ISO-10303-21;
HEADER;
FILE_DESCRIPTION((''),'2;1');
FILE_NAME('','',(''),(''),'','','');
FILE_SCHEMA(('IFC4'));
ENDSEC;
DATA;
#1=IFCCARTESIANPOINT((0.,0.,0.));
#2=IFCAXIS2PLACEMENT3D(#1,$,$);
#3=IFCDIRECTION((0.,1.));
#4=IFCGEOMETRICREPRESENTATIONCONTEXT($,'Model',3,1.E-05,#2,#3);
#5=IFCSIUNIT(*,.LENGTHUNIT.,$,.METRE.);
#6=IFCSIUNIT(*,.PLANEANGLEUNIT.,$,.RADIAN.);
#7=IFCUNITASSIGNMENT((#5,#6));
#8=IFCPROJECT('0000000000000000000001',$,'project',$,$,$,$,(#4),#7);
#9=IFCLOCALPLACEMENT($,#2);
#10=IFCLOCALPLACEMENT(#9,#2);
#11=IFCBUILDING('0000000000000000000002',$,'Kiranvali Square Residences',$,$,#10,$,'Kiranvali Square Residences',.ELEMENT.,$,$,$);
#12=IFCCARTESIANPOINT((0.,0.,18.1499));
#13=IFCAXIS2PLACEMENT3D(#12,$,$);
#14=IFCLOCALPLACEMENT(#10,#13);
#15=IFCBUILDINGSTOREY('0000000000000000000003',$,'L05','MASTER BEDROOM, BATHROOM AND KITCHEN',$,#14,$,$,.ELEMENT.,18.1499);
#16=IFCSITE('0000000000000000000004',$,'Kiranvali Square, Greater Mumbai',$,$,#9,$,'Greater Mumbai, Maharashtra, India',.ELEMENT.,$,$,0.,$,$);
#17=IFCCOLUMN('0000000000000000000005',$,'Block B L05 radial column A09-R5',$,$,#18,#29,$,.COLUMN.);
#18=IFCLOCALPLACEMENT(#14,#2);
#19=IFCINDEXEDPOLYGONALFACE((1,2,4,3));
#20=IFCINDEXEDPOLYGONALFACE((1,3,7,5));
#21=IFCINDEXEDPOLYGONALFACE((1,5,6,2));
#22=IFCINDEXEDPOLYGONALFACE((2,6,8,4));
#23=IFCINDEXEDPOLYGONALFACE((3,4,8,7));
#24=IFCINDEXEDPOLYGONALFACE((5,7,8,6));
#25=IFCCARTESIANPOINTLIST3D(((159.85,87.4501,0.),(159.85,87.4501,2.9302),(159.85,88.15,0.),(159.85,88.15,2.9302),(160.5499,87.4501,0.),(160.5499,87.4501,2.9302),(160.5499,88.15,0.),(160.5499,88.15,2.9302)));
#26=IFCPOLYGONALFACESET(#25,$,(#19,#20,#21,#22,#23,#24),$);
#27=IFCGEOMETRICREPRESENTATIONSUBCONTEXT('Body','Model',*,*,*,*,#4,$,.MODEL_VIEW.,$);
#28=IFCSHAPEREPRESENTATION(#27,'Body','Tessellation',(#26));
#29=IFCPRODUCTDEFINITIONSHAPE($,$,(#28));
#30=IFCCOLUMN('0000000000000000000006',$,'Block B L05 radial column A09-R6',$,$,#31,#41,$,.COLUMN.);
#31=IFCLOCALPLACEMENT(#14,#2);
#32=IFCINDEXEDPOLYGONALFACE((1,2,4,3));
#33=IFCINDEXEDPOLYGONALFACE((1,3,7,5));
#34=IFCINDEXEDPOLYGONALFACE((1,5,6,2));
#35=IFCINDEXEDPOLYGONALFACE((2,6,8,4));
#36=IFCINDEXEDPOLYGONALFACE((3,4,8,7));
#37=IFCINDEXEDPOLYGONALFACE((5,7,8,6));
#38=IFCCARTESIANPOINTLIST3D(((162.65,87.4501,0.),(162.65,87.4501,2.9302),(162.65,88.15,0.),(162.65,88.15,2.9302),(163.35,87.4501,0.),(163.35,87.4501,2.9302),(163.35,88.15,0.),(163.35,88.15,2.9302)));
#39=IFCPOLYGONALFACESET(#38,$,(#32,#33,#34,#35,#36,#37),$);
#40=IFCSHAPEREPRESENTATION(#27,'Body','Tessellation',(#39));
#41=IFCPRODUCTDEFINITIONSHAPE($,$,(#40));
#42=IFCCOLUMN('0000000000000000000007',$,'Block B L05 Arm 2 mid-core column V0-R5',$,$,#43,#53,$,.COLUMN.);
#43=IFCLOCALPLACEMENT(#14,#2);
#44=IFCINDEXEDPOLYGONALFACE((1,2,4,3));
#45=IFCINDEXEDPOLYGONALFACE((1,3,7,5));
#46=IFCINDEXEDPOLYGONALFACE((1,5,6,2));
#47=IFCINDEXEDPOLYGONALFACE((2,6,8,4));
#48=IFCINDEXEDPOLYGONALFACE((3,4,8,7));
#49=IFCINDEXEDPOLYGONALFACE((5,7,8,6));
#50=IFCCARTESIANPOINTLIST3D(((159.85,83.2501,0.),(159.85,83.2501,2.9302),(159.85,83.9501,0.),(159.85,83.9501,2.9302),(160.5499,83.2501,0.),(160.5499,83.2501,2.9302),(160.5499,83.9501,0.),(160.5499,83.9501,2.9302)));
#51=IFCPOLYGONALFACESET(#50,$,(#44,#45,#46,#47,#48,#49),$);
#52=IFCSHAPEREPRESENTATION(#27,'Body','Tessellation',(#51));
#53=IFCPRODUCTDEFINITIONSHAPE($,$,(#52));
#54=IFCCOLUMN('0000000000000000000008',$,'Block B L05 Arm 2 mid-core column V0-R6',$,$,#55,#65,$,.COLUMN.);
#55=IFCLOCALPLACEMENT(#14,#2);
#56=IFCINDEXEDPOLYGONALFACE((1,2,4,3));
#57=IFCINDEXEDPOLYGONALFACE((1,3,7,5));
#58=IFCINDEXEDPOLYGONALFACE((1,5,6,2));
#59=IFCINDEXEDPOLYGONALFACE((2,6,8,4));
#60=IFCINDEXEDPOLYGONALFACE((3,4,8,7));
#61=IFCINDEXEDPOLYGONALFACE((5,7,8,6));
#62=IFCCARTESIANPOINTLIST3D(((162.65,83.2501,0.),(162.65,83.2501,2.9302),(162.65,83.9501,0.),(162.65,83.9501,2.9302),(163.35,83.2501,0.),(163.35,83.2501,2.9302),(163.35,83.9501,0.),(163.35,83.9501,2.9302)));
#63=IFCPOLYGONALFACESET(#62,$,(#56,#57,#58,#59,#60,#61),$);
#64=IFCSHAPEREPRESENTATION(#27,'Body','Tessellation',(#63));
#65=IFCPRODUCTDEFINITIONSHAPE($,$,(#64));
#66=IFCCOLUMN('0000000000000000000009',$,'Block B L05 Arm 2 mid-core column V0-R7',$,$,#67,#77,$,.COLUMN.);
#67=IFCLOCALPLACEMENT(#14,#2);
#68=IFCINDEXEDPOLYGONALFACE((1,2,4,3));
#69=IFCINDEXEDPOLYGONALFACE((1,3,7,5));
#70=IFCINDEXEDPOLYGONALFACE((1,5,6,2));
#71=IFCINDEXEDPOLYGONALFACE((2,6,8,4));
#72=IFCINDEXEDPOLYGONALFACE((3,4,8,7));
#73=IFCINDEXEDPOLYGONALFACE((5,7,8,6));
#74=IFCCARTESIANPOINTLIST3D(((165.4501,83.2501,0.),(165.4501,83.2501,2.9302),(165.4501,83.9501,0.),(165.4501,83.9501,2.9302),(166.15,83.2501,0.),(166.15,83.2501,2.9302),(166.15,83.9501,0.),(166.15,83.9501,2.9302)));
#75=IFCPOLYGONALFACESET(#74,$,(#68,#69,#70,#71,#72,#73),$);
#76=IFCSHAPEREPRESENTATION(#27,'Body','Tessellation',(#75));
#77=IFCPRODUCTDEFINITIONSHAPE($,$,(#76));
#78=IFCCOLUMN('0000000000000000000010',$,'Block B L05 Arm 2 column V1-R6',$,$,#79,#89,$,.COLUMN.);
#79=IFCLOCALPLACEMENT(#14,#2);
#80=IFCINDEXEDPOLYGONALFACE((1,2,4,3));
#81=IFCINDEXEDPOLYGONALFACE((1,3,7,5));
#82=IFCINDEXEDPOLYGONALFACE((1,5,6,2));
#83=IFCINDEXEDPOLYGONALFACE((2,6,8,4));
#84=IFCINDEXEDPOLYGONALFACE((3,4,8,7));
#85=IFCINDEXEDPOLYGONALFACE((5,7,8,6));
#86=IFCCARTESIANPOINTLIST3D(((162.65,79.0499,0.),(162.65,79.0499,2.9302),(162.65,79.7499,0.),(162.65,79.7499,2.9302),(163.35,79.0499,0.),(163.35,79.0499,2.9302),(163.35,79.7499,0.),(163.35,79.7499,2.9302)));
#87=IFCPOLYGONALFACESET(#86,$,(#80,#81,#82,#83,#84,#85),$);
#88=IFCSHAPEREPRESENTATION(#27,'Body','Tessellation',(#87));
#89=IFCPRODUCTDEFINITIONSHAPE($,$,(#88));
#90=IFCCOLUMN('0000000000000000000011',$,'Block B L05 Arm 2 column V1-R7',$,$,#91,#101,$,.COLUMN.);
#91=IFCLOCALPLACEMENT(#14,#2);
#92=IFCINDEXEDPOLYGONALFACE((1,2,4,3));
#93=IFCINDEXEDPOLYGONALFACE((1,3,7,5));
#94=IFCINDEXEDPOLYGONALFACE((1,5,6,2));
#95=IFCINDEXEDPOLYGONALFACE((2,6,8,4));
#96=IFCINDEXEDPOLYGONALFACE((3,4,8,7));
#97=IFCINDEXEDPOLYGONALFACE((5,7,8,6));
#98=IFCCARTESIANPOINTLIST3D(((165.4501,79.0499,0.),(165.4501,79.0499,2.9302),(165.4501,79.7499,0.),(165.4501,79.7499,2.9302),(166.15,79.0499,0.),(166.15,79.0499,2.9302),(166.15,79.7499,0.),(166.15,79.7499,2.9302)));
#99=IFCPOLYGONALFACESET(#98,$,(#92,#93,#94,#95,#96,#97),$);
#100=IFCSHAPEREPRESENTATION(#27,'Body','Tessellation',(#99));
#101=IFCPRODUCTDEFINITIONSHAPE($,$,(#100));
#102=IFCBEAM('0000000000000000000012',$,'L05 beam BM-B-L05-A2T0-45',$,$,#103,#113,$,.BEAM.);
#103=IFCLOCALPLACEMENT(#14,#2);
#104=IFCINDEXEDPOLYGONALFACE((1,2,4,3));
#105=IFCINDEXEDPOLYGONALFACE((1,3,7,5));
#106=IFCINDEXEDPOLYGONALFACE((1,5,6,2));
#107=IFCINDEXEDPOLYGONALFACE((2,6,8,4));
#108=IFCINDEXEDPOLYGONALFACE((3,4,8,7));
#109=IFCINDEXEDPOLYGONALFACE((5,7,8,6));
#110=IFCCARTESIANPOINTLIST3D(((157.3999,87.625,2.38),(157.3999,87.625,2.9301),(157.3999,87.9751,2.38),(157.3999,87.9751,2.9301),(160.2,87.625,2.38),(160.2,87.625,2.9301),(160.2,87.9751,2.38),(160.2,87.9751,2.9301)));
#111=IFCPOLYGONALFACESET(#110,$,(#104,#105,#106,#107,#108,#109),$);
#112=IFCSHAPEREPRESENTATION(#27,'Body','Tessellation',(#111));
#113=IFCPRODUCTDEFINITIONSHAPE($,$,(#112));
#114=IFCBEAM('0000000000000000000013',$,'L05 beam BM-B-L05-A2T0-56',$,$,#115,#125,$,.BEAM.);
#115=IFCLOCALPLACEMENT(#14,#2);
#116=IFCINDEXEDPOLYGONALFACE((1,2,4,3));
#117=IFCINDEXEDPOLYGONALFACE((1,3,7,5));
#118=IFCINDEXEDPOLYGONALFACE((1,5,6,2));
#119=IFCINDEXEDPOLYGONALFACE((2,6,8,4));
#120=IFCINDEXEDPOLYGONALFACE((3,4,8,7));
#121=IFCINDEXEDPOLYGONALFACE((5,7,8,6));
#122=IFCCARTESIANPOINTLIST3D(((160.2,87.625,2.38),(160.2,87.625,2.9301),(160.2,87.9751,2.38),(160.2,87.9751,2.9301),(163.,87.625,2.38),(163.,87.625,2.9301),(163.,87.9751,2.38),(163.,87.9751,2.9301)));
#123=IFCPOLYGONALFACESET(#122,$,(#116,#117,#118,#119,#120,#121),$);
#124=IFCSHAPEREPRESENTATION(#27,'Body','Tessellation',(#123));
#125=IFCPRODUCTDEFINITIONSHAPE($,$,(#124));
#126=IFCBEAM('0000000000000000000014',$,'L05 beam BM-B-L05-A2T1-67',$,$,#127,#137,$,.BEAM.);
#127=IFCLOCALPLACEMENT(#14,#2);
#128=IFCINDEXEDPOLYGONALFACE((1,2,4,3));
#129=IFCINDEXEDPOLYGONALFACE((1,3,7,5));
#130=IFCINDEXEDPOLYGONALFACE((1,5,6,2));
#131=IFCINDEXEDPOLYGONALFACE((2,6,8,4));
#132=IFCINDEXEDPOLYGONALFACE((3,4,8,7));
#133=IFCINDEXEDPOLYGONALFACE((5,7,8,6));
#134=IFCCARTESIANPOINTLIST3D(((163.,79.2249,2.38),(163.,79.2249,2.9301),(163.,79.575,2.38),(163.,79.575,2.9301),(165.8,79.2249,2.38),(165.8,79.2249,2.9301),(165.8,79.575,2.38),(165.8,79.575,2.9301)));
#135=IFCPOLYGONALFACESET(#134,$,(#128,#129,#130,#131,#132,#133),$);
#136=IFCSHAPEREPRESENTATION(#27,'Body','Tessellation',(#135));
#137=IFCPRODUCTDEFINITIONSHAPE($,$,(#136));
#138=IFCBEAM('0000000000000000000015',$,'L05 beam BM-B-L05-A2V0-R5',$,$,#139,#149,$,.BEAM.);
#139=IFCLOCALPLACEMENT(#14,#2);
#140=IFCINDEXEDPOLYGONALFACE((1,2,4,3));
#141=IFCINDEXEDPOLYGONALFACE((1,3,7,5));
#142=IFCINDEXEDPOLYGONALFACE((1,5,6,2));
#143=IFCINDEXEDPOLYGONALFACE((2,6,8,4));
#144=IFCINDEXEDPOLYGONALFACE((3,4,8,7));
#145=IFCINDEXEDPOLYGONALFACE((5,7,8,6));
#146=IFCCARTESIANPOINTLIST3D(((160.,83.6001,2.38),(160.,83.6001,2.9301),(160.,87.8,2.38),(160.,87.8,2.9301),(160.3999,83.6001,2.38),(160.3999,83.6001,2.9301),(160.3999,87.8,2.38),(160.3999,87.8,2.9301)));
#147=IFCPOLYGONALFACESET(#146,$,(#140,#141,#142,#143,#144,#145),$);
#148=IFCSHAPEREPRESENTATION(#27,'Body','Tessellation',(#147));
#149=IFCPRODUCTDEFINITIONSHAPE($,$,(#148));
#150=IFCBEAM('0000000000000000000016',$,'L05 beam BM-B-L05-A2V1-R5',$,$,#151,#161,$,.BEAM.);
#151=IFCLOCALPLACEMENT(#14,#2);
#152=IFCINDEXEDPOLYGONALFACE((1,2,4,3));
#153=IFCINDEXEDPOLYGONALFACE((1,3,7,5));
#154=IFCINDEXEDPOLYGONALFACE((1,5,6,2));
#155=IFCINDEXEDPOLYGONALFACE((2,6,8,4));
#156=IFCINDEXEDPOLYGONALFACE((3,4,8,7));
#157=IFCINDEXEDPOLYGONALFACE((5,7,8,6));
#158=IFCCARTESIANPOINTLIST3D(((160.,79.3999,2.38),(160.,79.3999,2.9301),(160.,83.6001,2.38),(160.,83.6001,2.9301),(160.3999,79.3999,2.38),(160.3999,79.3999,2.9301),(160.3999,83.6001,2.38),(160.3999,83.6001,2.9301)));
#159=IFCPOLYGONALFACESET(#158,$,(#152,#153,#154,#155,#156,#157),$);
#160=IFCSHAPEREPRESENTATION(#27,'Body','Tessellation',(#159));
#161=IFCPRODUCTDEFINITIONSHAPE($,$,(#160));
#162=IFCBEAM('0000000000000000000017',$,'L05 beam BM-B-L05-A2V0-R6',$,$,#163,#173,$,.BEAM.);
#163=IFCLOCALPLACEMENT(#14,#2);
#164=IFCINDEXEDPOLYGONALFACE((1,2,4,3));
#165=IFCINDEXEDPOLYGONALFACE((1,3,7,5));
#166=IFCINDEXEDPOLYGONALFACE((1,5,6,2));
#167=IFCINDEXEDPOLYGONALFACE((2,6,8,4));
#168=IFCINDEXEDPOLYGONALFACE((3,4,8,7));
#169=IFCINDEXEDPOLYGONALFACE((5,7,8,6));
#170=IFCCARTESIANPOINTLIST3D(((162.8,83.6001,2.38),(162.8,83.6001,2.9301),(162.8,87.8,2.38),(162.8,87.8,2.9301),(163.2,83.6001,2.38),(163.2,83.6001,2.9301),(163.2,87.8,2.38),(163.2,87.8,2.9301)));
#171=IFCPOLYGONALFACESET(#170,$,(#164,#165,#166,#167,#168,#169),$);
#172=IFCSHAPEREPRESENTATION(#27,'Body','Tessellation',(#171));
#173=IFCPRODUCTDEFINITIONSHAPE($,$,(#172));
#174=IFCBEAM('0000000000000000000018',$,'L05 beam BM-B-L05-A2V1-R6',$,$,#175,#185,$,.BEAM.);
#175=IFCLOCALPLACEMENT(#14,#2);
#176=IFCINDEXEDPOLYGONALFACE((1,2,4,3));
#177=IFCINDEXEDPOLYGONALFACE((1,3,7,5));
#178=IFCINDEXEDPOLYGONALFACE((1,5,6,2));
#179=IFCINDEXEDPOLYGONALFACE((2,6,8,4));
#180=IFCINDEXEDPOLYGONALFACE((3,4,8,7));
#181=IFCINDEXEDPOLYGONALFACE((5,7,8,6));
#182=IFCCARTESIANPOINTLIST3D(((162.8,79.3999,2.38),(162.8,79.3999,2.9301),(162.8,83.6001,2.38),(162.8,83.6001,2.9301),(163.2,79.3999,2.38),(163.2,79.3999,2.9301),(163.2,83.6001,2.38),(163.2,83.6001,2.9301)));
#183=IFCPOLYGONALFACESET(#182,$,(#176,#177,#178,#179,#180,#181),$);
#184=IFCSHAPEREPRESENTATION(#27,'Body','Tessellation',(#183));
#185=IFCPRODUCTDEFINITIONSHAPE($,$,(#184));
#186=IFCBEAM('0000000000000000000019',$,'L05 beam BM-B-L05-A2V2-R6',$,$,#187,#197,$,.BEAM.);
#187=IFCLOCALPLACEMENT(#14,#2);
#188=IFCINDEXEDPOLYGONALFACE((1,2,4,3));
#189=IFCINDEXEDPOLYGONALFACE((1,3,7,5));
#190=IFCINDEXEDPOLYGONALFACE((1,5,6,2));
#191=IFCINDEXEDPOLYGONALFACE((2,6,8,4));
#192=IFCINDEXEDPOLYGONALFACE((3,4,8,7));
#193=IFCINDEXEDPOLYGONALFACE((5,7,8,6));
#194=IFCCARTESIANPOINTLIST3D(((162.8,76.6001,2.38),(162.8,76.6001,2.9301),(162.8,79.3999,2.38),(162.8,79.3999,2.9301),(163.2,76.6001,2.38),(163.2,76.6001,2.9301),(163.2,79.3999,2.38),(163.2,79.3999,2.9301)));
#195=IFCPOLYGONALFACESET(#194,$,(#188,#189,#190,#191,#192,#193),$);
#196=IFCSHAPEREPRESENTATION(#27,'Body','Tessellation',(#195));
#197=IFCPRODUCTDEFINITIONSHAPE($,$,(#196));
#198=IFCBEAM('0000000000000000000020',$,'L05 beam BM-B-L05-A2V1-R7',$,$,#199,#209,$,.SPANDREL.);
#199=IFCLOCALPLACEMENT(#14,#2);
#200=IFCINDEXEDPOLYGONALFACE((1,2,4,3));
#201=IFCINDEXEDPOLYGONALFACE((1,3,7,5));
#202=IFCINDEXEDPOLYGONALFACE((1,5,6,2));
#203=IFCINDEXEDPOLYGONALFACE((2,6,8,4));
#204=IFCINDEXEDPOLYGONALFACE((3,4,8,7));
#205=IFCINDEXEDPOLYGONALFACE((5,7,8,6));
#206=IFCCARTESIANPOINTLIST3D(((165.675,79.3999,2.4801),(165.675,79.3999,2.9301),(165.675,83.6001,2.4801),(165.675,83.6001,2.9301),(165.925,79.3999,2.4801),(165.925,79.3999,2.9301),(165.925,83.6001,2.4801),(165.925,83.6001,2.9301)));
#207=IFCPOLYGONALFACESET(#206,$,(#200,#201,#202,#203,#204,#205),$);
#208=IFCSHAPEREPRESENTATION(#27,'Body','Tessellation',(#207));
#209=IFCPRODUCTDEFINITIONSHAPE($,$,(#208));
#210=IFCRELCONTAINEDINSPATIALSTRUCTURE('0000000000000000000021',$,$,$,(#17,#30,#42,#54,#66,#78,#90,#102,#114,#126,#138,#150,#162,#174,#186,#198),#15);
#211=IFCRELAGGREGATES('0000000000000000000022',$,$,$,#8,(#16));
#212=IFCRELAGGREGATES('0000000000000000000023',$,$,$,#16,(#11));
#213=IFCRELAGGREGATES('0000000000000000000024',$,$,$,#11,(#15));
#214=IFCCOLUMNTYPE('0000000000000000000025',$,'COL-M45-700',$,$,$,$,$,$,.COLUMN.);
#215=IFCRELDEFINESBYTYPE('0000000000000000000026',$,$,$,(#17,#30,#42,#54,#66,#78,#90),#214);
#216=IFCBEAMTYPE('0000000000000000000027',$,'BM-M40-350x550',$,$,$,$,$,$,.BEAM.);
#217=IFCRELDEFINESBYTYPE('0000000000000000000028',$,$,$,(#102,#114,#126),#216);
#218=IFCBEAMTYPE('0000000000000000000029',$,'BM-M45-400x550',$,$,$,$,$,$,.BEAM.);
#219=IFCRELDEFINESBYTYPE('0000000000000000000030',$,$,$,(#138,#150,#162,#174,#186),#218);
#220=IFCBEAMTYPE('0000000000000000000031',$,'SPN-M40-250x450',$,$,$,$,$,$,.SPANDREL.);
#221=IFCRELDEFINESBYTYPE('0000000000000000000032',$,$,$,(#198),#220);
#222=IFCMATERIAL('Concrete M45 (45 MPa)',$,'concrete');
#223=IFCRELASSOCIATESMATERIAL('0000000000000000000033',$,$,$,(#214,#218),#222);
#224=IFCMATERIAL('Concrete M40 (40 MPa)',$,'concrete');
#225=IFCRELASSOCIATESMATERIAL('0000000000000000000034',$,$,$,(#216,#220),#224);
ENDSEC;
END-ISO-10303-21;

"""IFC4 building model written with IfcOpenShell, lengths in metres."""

from ifc_helpers import new_model, si_unit, direction, frame, origin, origin_2d, place, context, subcontext, project, spatial, rectangle, extrude, material, material_profile, profile_set, type_object, element, save


model = new_model("IFC4")

# Units and contexts
model_context = context("Model", 3, precision=1e-05, world=origin(), true_north=direction((0.0, 1.0)))
body_context = subcontext(model_context, "Body", "Model", "MODEL_VIEW")
ifc_project = project(units=[si_unit("LENGTHUNIT", "METRE"), si_unit("PLANEANGLEUNIT", "RADIAN")], contexts=[model_context])

# Site, building, storey
site_placement = place(None, origin())
site = spatial("IfcSite", under=ifc_project, at=site_placement, Name="Kiranvali Square, Greater Mumbai", LongName="Greater Mumbai, Maharashtra, India", CompositionType="ELEMENT", RefElevation=0.0)
building_placement = place(site_placement, origin())
building = spatial("IfcBuilding", under=site, at=building_placement, Name="Kiranvali Square Residences", LongName="Kiranvali Square Residences", CompositionType="ELEMENT")
storey_placement = place(building_placement, frame((0.0, 0.0, 18.1499)))
storey = spatial("IfcBuildingStorey", under=building, at=storey_placement, Name="L05", Description="MASTER BEDROOM, BATHROOM AND KITCHEN", CompositionType="ELEMENT", Elevation=18.1499)

# Columns
ifc_material_1 = material(Name="Concrete M45 (45 MPa)", Category="concrete")
ifc_material_profile_1 = material_profile(ifc_material_1, rectangle(XDim=0.7, YDim=0.7, at=origin_2d()), Name="RC 700x700")
ifc_profile_set_1 = profile_set([ifc_material_profile_1], Name="Concrete M45 (45 MPa)")
column_type = type_object("IfcColumnType", Name="COL-M45-700", PredefinedType="COLUMN", material=ifc_profile_set_1)
for number, where, z_axis, x_axis, name in (
    (1, (160.2, 87.8, 0.0), (0.0, 0.0, 1.0), (0.0, 1.0, 0.0), "Block B L05 radial column A09-R5"),
    (2, (163.0, 87.8, 0.0), (0.0, 0.0, 1.0), (0.0, 1.0, 0.0), "Block B L05 radial column A09-R6"),
    (3, (160.2, 83.6001, 0.0), (0.0, 0.0, 1.0), (1.0, 0.0, 0.0), "Block B L05 Arm 2 mid-core column V0-R5"),
    (4, (163.0, 83.6001, 0.0), (0.0, 0.0, 1.0), (1.0, 0.0, 0.0), "Block B L05 Arm 2 mid-core column V0-R6"),
    (5, (165.8, 83.6001, 0.0), (0.0, 0.0, 1.0), (1.0, 0.0, 0.0), "Block B L05 Arm 2 mid-core column V0-R7"),
    (6, (163.0, 79.3999, 0.0), (0.0, 0.0, 1.0), (1.0, 0.0, 0.0), "Block B L05 Arm 2 column V1-R6"),
    (7, (165.8, 79.3999, 0.0), (0.0, 0.0, 1.0), (1.0, 0.0, 0.0), "Block B L05 Arm 2 column V1-R7"),
):
    element("IfcColumn", number, at=place(storey_placement, frame(where, z_axis=z_axis, x_axis=x_axis)), inside=storey, type_object=column_type, Name=name, PredefinedType="COLUMN", context=body_context, shape_type="SweptSolid", body=[
        extrude(rectangle(XDim=0.7, YDim=0.7, at=origin_2d()), origin(), (0.0, 0.0, 1.0), 2.9302),
    ])

# Beams
ifc_material_2 = material(Name="Concrete M40 (40 MPa)", Category="concrete")
ifc_material_profile_2 = material_profile(ifc_material_2, rectangle(XDim=0.3501, YDim=0.55, at=origin_2d()), Name="RC 350x550")
ifc_profile_set_2 = profile_set([ifc_material_profile_2], Name="Concrete M40 (40 MPa)")
beam_type_1 = type_object("IfcBeamType", Name="BM-M40-350x550", PredefinedType="BEAM", material=ifc_profile_set_2)
for number, where, z_axis, x_axis, name in (
    (8, (157.3999, 87.8, 2.655), (1.0, 0.0, 0.0), (0.0, 1.0, 0.0), "L05 beam BM-B-L05-A2T0-45"),
    (9, (160.2, 87.8, 2.655), (1.0, 0.0, 0.0), (0.0, 1.0, 0.0), "L05 beam BM-B-L05-A2T0-56"),
    (10, (163.0, 79.3999, 2.655), (1.0, 0.0, 0.0), (0.0, 1.0, 0.0), "L05 beam BM-B-L05-A2T1-67"),
):
    element("IfcBeam", number, at=place(storey_placement, frame(where, z_axis=z_axis, x_axis=x_axis)), inside=storey, type_object=beam_type_1, Name=name, PredefinedType="BEAM", context=body_context, shape_type="SweptSolid", body=[
        extrude(rectangle(XDim=0.3501, YDim=0.55, at=origin_2d()), origin(), (0.0, 0.0, 1.0), 2.8),
    ])
ifc_material_profile_3 = material_profile(ifc_material_1, rectangle(XDim=0.3999, YDim=0.55, at=origin_2d()), Name="RC 400x550")
ifc_profile_set_3 = profile_set([ifc_material_profile_3], Name="Concrete M45 (45 MPa)")
beam_type_2 = type_object("IfcBeamType", Name="BM-M45-400x550", PredefinedType="BEAM", material=ifc_profile_set_3)
beam_1_placement = place(storey_placement, frame((160.2, 87.8, 2.655), z_axis=(0.0, -1.0, 0.0), x_axis=(1.0, 0.0, 0.0)))
element("IfcBeam", 11, at=beam_1_placement, inside=storey, type_object=beam_type_2, Name="L05 beam BM-B-L05-A2V0-R5", PredefinedType="BEAM", context=body_context, shape_type="SweptSolid", body=[
    extrude(rectangle(XDim=0.3999, YDim=0.55, at=origin_2d()), origin(), (0.0, 0.0, 1.0), 4.2),
])
beam_2_placement = place(storey_placement, frame((160.2, 83.6001, 2.655), z_axis=(0.0, -1.0, 0.0), x_axis=(1.0, 0.0, 0.0)))
element("IfcBeam", 12, at=beam_2_placement, inside=storey, type_object=beam_type_2, Name="L05 beam BM-B-L05-A2V1-R5", PredefinedType="BEAM", context=body_context, shape_type="SweptSolid", body=[
    extrude(rectangle(XDim=0.3999, YDim=0.55, at=origin_2d()), origin(), (0.0, 0.0, 1.0), 4.2002),
])
beam_3_placement = place(storey_placement, frame((163.0, 87.8, 2.655), z_axis=(0.0, -1.0, 0.0), x_axis=(1.0, 0.0, 0.0)))
element("IfcBeam", 13, at=beam_3_placement, inside=storey, type_object=beam_type_2, Name="L05 beam BM-B-L05-A2V0-R6", PredefinedType="BEAM", context=body_context, shape_type="SweptSolid", body=[
    extrude(rectangle(XDim=0.3999, YDim=0.55, at=origin_2d()), origin(), (0.0, 0.0, 1.0), 4.2),
])
beam_4_placement = place(storey_placement, frame((163.0, 83.6001, 2.655), z_axis=(0.0, -1.0, 0.0), x_axis=(1.0, 0.0, 0.0)))
element("IfcBeam", 14, at=beam_4_placement, inside=storey, type_object=beam_type_2, Name="L05 beam BM-B-L05-A2V1-R6", PredefinedType="BEAM", context=body_context, shape_type="SweptSolid", body=[
    extrude(rectangle(XDim=0.3999, YDim=0.55, at=origin_2d()), origin(), (0.0, 0.0, 1.0), 4.2002),
])
beam_5_placement = place(storey_placement, frame((163.0, 79.3999, 2.655), z_axis=(0.0, -1.0, 0.0), x_axis=(1.0, 0.0, 0.0)))
element("IfcBeam", 15, at=beam_5_placement, inside=storey, type_object=beam_type_2, Name="L05 beam BM-B-L05-A2V2-R6", PredefinedType="BEAM", context=body_context, shape_type="SweptSolid", body=[
    extrude(rectangle(XDim=0.3999, YDim=0.55, at=origin_2d()), origin(), (0.0, 0.0, 1.0), 2.7998),
])
ifc_material_profile_4 = material_profile(ifc_material_2, rectangle(XDim=0.25, YDim=0.45, at=origin_2d()), Name="RC 250x450")
ifc_profile_set_4 = profile_set([ifc_material_profile_4], Name="Concrete M40 (40 MPa)")
beam_type_3 = type_object("IfcBeamType", Name="SPN-M40-250x450", PredefinedType="SPANDREL", material=ifc_profile_set_4)
beam_6_placement = place(storey_placement, frame((165.8, 83.6001, 2.7051), z_axis=(0.0, -1.0, 0.0), x_axis=(1.0, 0.0, 0.0)))
element("IfcBeam", 16, at=beam_6_placement, inside=storey, type_object=beam_type_3, Name="L05 beam BM-B-L05-A2V1-R7", PredefinedType="SPANDREL", context=body_context, shape_type="SweptSolid", body=[
    extrude(rectangle(XDim=0.25, YDim=0.45, at=origin_2d()), origin(), (0.0, 0.0, 1.0), 4.2002),
])

save(model, "model.ifc")
